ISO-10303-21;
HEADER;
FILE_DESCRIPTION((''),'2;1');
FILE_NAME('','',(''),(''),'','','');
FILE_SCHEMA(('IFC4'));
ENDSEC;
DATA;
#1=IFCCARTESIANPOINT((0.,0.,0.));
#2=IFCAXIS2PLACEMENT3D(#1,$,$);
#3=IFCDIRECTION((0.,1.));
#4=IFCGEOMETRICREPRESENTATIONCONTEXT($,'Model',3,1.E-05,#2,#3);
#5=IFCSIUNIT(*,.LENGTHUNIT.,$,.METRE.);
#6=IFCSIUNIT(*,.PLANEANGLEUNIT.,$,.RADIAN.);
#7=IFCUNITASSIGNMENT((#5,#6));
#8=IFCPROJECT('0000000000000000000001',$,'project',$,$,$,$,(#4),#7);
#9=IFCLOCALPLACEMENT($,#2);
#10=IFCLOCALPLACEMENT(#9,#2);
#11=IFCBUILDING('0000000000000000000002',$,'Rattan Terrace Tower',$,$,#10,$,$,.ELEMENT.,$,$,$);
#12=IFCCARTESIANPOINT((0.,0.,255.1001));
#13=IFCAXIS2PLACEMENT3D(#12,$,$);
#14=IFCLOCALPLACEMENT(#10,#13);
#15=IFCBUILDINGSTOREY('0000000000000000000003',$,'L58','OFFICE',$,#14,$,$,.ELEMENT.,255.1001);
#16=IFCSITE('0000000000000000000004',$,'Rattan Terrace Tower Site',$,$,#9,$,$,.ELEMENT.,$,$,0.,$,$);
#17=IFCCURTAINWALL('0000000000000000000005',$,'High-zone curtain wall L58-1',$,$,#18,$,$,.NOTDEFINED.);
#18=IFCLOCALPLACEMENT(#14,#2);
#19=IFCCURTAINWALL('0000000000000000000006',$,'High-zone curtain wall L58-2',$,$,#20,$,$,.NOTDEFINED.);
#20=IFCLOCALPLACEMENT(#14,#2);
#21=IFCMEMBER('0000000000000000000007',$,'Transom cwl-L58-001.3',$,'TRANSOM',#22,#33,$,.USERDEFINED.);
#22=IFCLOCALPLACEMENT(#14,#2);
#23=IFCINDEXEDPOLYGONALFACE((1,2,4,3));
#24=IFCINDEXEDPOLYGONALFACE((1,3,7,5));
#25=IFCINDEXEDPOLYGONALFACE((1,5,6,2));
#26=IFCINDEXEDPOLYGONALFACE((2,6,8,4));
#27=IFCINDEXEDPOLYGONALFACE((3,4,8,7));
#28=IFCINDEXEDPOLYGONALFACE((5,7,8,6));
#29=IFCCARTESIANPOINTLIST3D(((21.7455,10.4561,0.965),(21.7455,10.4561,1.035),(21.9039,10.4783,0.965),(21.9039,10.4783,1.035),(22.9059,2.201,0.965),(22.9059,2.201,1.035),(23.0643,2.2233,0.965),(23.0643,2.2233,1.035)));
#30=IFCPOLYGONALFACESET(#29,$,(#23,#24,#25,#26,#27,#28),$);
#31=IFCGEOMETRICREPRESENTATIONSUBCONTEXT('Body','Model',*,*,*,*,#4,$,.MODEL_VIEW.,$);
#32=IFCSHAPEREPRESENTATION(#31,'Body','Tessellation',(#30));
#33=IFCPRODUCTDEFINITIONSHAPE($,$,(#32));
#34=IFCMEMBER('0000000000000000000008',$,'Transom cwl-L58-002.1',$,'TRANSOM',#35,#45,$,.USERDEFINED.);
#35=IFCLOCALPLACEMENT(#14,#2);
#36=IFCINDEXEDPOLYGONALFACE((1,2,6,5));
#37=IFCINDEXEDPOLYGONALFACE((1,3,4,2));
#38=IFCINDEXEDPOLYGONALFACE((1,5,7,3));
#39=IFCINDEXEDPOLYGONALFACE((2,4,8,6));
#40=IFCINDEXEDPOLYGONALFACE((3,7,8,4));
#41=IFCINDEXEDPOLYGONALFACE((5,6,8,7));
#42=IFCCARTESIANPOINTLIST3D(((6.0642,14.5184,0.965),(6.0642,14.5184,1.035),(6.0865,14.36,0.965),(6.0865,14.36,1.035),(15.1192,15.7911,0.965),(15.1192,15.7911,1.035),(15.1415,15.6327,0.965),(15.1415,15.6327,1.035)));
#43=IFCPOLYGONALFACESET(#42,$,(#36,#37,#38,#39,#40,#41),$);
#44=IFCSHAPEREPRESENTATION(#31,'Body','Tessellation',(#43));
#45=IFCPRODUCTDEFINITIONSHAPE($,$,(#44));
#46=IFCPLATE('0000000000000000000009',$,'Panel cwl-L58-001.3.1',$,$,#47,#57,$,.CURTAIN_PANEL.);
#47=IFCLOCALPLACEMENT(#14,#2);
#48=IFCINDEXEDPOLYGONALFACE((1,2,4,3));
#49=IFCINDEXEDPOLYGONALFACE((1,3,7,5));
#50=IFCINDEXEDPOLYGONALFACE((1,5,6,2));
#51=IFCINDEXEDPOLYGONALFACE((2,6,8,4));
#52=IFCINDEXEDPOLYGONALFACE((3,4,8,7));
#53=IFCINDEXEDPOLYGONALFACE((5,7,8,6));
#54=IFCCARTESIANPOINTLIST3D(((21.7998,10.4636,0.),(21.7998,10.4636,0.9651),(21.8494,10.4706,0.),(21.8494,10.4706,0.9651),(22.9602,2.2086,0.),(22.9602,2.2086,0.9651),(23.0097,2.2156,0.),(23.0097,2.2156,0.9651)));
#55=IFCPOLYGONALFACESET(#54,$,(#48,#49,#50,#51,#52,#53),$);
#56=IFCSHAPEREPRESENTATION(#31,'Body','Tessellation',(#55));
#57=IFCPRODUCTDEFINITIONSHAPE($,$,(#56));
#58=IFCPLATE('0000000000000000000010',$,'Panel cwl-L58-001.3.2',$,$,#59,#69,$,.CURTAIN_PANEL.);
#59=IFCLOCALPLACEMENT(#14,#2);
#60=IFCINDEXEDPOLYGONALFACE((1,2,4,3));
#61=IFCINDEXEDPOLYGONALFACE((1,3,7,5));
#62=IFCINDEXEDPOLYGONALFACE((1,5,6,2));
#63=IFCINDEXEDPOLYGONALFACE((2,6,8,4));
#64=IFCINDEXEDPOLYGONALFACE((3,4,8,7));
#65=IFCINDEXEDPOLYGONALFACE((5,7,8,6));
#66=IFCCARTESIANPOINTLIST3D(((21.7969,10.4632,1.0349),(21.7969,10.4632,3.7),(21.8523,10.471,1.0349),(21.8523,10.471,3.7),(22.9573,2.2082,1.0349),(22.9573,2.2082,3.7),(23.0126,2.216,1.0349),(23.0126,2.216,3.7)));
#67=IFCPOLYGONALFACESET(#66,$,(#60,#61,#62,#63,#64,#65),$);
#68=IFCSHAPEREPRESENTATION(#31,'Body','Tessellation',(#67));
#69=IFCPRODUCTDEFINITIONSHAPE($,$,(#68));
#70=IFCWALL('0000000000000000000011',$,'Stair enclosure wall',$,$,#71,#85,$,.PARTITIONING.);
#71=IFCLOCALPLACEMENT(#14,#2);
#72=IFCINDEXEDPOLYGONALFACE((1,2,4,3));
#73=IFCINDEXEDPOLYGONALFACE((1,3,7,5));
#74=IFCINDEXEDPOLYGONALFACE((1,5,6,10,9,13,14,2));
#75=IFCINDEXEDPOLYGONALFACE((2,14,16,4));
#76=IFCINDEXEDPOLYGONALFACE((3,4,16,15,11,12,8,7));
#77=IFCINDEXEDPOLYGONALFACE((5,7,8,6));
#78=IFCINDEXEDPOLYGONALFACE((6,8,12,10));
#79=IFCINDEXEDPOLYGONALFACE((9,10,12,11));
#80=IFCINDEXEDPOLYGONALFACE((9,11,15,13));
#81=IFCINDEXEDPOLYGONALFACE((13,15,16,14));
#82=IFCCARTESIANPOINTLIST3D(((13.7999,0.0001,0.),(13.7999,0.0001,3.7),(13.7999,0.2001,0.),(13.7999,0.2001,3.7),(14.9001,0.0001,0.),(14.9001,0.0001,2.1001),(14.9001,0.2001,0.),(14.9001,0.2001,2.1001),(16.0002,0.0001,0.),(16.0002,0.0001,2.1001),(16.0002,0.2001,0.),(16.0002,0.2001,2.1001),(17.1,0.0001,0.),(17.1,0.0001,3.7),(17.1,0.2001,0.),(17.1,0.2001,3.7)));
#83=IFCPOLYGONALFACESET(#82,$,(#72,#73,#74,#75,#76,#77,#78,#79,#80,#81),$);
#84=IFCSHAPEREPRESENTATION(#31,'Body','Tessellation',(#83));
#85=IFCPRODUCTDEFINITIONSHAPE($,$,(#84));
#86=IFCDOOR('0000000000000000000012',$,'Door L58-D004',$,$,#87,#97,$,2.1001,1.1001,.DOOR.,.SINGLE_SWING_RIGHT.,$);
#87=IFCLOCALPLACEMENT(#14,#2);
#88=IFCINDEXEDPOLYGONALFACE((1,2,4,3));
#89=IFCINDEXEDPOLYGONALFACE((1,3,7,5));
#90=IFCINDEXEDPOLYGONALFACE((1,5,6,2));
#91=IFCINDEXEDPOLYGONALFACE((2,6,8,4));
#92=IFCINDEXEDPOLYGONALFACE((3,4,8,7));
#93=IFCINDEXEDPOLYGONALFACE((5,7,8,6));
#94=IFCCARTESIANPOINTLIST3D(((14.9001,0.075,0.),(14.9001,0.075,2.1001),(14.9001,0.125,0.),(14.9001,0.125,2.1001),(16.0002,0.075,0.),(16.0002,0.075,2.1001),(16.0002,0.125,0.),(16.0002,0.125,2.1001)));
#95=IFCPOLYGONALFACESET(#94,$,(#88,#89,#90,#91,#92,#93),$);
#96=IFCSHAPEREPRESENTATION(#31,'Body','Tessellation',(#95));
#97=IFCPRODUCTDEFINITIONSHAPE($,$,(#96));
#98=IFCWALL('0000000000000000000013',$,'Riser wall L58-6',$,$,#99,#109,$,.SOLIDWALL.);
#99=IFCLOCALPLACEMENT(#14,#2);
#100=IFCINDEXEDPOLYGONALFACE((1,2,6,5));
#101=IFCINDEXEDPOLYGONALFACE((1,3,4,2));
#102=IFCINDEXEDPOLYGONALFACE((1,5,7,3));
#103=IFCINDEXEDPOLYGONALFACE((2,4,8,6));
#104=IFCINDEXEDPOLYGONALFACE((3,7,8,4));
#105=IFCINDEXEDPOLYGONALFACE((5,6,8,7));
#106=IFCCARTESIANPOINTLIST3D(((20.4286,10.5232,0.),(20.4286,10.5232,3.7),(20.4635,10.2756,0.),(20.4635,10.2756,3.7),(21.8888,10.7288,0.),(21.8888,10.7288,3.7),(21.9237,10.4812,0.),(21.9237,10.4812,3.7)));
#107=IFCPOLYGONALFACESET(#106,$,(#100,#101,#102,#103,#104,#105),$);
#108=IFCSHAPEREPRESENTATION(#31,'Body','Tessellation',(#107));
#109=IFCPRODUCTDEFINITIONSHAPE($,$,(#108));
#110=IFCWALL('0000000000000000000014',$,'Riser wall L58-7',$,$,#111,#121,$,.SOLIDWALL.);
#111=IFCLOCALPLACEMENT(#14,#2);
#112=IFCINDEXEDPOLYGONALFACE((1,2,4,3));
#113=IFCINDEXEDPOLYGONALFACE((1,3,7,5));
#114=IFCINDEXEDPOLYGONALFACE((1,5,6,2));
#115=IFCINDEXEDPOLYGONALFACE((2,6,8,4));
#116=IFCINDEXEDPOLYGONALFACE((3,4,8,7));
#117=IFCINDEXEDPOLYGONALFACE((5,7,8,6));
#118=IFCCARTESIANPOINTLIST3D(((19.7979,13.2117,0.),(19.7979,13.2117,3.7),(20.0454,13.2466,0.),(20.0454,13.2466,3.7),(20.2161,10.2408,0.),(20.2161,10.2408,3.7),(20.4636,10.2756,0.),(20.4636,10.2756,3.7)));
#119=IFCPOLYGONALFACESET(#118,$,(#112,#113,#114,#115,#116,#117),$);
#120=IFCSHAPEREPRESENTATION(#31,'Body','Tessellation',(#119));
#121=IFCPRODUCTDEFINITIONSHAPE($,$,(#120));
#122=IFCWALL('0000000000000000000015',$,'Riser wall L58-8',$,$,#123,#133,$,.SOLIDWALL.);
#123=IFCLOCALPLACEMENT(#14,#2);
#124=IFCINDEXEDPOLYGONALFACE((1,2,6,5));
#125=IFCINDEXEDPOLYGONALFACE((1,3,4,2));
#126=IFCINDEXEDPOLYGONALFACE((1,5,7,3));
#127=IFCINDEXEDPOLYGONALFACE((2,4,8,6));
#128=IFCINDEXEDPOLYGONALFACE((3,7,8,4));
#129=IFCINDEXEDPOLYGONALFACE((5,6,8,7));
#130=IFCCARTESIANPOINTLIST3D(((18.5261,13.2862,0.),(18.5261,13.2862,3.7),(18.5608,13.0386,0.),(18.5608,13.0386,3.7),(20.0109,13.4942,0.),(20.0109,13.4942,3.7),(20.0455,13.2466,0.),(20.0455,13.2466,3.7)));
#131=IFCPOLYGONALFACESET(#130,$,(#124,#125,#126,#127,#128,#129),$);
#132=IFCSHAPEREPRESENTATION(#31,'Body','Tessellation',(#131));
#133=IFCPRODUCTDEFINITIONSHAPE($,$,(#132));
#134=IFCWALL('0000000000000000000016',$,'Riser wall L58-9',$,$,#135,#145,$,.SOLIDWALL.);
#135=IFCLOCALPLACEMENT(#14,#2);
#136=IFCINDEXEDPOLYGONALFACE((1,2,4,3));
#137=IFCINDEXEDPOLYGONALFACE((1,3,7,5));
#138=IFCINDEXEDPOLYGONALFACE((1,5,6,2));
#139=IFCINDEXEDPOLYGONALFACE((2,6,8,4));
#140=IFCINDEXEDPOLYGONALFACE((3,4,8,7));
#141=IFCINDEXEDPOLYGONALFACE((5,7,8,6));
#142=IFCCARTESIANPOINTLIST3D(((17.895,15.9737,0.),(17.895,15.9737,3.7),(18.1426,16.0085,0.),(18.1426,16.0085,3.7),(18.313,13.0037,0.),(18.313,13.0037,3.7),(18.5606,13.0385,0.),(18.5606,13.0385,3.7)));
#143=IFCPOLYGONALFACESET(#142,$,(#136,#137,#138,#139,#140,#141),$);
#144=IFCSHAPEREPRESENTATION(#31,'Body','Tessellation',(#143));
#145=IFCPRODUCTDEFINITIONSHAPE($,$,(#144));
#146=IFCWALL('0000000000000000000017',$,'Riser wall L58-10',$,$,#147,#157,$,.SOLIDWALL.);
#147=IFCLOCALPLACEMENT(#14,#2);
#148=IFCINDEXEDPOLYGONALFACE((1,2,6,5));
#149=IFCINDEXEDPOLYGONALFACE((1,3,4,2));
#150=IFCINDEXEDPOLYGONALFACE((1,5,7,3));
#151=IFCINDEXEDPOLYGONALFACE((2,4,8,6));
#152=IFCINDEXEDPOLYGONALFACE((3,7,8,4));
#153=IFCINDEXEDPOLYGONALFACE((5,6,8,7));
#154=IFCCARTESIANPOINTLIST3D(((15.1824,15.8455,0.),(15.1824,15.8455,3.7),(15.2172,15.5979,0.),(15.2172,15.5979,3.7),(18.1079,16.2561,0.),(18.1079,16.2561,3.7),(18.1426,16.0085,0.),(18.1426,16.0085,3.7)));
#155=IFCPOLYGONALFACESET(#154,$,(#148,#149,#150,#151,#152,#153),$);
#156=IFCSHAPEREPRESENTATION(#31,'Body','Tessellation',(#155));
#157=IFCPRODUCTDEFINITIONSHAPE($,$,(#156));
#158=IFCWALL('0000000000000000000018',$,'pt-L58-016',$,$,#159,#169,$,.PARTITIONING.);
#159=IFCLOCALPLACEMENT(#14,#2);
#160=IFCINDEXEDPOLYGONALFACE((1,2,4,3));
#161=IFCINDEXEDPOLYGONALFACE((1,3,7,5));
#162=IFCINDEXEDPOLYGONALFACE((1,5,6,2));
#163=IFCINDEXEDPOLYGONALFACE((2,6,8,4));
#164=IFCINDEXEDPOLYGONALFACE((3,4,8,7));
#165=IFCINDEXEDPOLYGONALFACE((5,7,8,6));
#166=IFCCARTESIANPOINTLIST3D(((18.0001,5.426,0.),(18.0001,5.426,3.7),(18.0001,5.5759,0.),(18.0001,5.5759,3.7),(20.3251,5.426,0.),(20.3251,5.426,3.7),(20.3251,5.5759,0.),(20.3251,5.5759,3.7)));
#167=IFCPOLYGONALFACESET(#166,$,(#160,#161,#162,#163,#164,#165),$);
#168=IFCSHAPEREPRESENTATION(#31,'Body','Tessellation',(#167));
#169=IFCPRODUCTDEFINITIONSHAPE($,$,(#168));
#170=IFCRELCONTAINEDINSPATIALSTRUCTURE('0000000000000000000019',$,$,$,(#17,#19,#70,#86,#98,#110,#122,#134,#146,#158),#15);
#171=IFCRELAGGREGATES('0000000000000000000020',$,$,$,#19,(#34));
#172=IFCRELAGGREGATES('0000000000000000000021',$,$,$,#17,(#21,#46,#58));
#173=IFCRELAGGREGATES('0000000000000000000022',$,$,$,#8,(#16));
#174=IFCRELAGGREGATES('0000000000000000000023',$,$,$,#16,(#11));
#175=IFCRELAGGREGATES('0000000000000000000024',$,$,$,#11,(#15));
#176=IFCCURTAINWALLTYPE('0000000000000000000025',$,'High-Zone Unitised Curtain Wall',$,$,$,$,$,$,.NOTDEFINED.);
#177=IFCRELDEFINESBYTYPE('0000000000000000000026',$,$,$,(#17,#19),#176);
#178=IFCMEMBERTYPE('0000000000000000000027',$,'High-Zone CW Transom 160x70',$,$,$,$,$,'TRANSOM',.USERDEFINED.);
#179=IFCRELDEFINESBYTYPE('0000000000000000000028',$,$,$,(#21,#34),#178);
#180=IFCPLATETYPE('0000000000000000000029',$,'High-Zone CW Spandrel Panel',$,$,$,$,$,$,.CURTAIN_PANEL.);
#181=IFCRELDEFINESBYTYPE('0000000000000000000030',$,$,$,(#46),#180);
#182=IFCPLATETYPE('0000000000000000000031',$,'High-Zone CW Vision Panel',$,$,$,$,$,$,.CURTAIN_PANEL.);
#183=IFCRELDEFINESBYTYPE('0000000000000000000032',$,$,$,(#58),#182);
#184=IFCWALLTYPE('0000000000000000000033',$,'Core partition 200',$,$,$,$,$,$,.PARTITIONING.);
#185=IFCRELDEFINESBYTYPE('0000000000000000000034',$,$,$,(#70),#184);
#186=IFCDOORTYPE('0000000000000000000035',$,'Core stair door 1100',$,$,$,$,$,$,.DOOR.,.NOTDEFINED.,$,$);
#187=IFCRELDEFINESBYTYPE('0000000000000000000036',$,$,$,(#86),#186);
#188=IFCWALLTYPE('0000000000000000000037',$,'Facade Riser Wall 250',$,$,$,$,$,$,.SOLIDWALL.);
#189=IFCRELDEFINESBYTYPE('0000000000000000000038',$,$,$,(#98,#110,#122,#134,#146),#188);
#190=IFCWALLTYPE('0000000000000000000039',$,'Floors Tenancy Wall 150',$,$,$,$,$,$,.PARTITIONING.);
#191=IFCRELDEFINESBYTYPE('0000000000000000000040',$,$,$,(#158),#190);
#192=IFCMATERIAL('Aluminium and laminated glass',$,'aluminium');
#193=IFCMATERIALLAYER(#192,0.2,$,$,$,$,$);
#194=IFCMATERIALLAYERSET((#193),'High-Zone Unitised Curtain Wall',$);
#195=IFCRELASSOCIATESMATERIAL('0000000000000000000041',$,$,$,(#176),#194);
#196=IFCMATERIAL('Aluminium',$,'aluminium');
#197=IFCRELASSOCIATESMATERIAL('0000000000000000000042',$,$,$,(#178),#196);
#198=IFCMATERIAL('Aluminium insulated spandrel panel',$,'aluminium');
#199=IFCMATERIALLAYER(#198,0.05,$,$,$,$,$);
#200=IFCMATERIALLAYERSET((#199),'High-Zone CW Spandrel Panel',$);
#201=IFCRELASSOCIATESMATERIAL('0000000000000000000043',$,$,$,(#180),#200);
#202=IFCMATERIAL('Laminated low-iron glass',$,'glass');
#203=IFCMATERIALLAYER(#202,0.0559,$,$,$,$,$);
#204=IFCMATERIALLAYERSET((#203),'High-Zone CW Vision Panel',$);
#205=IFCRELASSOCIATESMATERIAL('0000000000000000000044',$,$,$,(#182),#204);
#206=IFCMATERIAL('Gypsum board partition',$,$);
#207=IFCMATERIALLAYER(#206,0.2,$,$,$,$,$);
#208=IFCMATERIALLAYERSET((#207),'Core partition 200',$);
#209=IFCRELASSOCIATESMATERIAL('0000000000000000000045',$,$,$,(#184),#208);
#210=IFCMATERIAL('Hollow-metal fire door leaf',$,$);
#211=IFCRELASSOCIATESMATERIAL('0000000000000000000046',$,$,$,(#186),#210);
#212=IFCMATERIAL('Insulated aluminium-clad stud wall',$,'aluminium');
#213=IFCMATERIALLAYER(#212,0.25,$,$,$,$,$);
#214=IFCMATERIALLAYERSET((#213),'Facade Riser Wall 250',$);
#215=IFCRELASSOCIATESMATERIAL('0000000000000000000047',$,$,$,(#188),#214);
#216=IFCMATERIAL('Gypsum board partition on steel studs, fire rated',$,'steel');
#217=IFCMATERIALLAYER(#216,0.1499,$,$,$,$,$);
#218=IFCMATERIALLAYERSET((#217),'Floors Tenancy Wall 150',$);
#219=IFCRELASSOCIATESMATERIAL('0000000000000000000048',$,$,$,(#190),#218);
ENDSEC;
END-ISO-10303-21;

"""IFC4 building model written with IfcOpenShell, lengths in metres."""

from ifc_helpers import new_model, si_unit, direction, frame, frame_2d, origin, origin_2d, place, context, subcontext, project, spatial, rectangle, extrude, material, layer, layer_set, material_profile, profile_set, type_object, element, fill, aggregate, save


model = new_model("IFC4")

# Units and contexts
model_context = context("Model", 3, precision=1e-05, world=origin(), true_north=direction((0.0, 1.0)))
body_context = subcontext(model_context, "Body", "Model", "MODEL_VIEW")
ifc_project = project(units=[si_unit("LENGTHUNIT", "METRE"), si_unit("PLANEANGLEUNIT", "RADIAN")], contexts=[model_context])

# Site, building, storey
site_placement = place(None, origin())
site = spatial("IfcSite", under=ifc_project, at=site_placement, Name="Rattan Terrace Tower Site", CompositionType="ELEMENT", RefElevation=0.0)
building_placement = place(site_placement, origin())
building = spatial("IfcBuilding", under=site, at=building_placement, Name="Rattan Terrace Tower", CompositionType="ELEMENT")
storey_placement = place(building_placement, frame((0.0, 0.0, 255.1001)))
storey = spatial("IfcBuildingStorey", under=building, at=storey_placement, Name="L58", Description="OFFICE", CompositionType="ELEMENT", Elevation=255.1001)

# Curtain walls
ifc_material_1 = material(Name="Aluminium and laminated glass", Category="aluminium")
ifc_layer_1 = layer(ifc_material_1, 0.2)
ifc_layer_set_1 = layer_set([ifc_layer_1], Name="High-Zone Unitised Curtain Wall")
curtain_wall_type = type_object("IfcCurtainWallType", Name="High-Zone Unitised Curtain Wall", PredefinedType="NOTDEFINED", material=ifc_layer_set_1)
curtain_wall_1_placement = place(storey_placement, origin())
curtain_wall_1 = element("IfcCurtainWall", 1, at=curtain_wall_1_placement, inside=storey, type_object=curtain_wall_type, Name="High-zone curtain wall L58-1", PredefinedType="NOTDEFINED")
curtain_wall_2_placement = place(storey_placement, origin())
curtain_wall_2 = element("IfcCurtainWall", 2, at=curtain_wall_2_placement, inside=storey, type_object=curtain_wall_type, Name="High-zone curtain wall L58-2", PredefinedType="NOTDEFINED")

# Members
ifc_material_2 = material(Name="Aluminium", Category="aluminium")
ifc_material_profile_1 = material_profile(ifc_material_2, rectangle(XDim=0.1599, YDim=0.0701, at=origin_2d()), Name="Aluminium 160x70")
ifc_profile_set_1 = profile_set([ifc_material_profile_1], Name="Aluminium")
member_type_1 = type_object("IfcMemberType", Name="High-Zone CW Transom 160x70", ElementType="TRANSOM", PredefinedType="USERDEFINED", material=ifc_profile_set_1)
member_1_placement = place(storey_placement, frame((22.9851, 2.2122, 1.0), z_axis=(-0.139199, 0.990264, 0.0), x_axis=(-0.990264, -0.139199, 0.0)))
member_1 = element("IfcMember", 3, at=member_1_placement, type_object=member_type_1, Name="Transom cwl-L58-001.3", ObjectType="TRANSOM", PredefinedType="USERDEFINED", context=body_context, shape_type="SweptSolid", body=[
    extrude(rectangle(XDim=0.1599, YDim=0.0701, at=origin_2d()), origin(), (0.0, 0.0, 1.0), 8.3362),
])
member_2_placement = place(storey_placement, frame((15.1304, 15.7119, 1.0), z_axis=(-0.990266, -0.139186, 0.0), x_axis=(0.139186, -0.990266, 0.0)))
member_2 = element("IfcMember", 4, at=member_2_placement, type_object=member_type_1, Name="Transom cwl-L58-002.1", ObjectType="TRANSOM", PredefinedType="USERDEFINED", context=body_context, shape_type="SweptSolid", body=[
    extrude(rectangle(XDim=0.1599, YDim=0.0701, at=origin_2d()), origin(), (0.0, 0.0, 1.0), 9.144),
])
aggregate(curtain_wall_2, [member_2])

# Plates
ifc_material_3 = material(Name="Aluminium insulated spandrel panel", Category="aluminium")
ifc_layer_2 = layer(ifc_material_3, 0.05)
ifc_layer_set_2 = layer_set([ifc_layer_2], Name="High-Zone CW Spandrel Panel")
plate_type_1 = type_object("IfcPlateType", Name="High-Zone CW Spandrel Panel", PredefinedType="CURTAIN_PANEL", material=ifc_layer_set_2)
plate_1_placement = place(storey_placement, frame((22.4048, 6.3396, 0.0), z_axis=(0.0, 0.0, 1.0), x_axis=(-0.139192, 0.990265, 0.0)))
plate_1 = element("IfcPlate", 5, at=plate_1_placement, type_object=plate_type_1, Name="Panel cwl-L58-001.3.1", PredefinedType="CURTAIN_PANEL", context=body_context, shape_type="SweptSolid", body=[
    extrude(rectangle(XDim=8.3362, YDim=0.05, at=origin_2d()), origin(), (0.0, 0.0, 1.0), 0.9651),
])
ifc_material_4 = material(Name="Laminated low-iron glass", Category="glass")
ifc_layer_3 = layer(ifc_material_4, 0.0559)
ifc_layer_set_3 = layer_set([ifc_layer_3], Name="High-Zone CW Vision Panel")
plate_type_2 = type_object("IfcPlateType", Name="High-Zone CW Vision Panel", PredefinedType="CURTAIN_PANEL", material=ifc_layer_set_3)
plate_2_placement = place(storey_placement, frame((22.4048, 6.3396, 1.0349), z_axis=(0.0, 0.0, 1.0), x_axis=(-0.139192, 0.990265, 0.0)))
plate_2 = element("IfcPlate", 6, at=plate_2_placement, type_object=plate_type_2, Name="Panel cwl-L58-001.3.2", PredefinedType="CURTAIN_PANEL", context=body_context, shape_type="SweptSolid", body=[
    extrude(rectangle(XDim=8.3362, YDim=0.0559, at=origin_2d()), origin(), (0.0, 0.0, 1.0), 2.665),
])
aggregate(curtain_wall_1, [member_1, plate_1, plate_2])

# Wall, opening, door
ifc_material_5 = material(Name="Gypsum board partition")
ifc_layer_4 = layer(ifc_material_5, 0.2)
ifc_layer_set_4 = layer_set([ifc_layer_4], Name="Core partition 200")
wall_type_1 = type_object("IfcWallType", Name="Core partition 200", PredefinedType="PARTITIONING", material=ifc_layer_set_4)
wall_1_placement = place(storey_placement, frame((13.8, 0.1001, 0.0), z_axis=(0.0, 0.0, 1.0), x_axis=(1.0, 0.0, 0.0)))
wall_1 = element("IfcWall", 7, at=wall_1_placement, inside=storey, type_object=wall_type_1, Name="Stair enclosure wall", PredefinedType="PARTITIONING", context=body_context, shape_type="SweptSolid", body=[
    extrude(rectangle(XDim=3.3, YDim=0.2, at=frame_2d((1.6499, 0.0))), origin(), (0.0, 0.0, 1.0), 3.7),
])
opening_1_placement = place(wall_1_placement, frame((1.1001, 0.0, 0.0)))
opening_1 = element("IfcOpeningElement", 8, at=opening_1_placement, cuts=wall_1, PredefinedType="OPENING", context=body_context, shape_type="SweptSolid", body=[
    extrude(rectangle(XDim=1.1001, YDim=2.1001, at=frame_2d((0.55, 1.05))), frame((0.0, 0.1106, 0.0), z_axis=(0.0, -1.0, 0.0), x_axis=(1.0, 0.0, 0.0)), (0.0, 0.0, 1.0), 0.2209),
])
ifc_material_6 = material(Name="Hollow-metal fire door leaf")
door_type_1 = type_object("IfcDoorType", Name="Core stair door 1100", OperationType="NOTDEFINED", PredefinedType="DOOR", material=ifc_material_6)
door_1_placement = place(opening_1_placement, origin())
door_1 = element("IfcDoor", 9, at=door_1_placement, inside=storey, type_object=door_type_1, Name="Door L58-D004", OperationType="SINGLE_SWING_RIGHT", OverallHeight=2.1001, OverallWidth=1.1001, PredefinedType="DOOR", context=body_context, shape_type="SweptSolid", body=[
    extrude(rectangle(XDim=1.1001, YDim=2.1001, at=frame_2d((0.55, 1.05))), frame((0.0, 0.0249, 0.0), z_axis=(0.0, -1.0, 0.0), x_axis=(1.0, 0.0, 0.0)), (0.0, 0.0, 1.0), 0.05),
])
fill(opening_1, door_1)

# Walls
ifc_material_7 = material(Name="Insulated aluminium-clad stud wall", Category="aluminium")
ifc_layer_5 = layer(ifc_material_7, 0.25)
ifc_layer_set_5 = layer_set([ifc_layer_5], Name="Facade Riser Wall 250")
wall_type_2 = type_object("IfcWallType", Name="Facade Riser Wall 250", PredefinedType="SOLIDWALL", material=ifc_layer_set_5)
wall_2_placement = place(storey_placement, frame((21.9062, 10.605, 0.0), z_axis=(0.0, 0.0, 1.0), x_axis=(-0.990236, -0.139404, 0.0)))
element("IfcWall", 10, at=wall_2_placement, inside=storey, type_object=wall_type_2, Name="Riser wall L58-6", PredefinedType="SOLIDWALL", context=body_context, shape_type="SweptSolid", body=[
    extrude(rectangle(XDim=1.4746, YDim=0.25, at=frame_2d((0.7373, 0.0))), origin(), (0.0, 0.0, 1.0), 3.7),
])
wall_3_placement = place(storey_placement, frame((20.3398, 10.2583, 0.0), z_axis=(0.0, 0.0, 1.0), x_axis=(-0.139393, 0.990237, 0.0)))
element("IfcWall", 11, at=wall_3_placement, inside=storey, type_object=wall_type_2, Name="Riser wall L58-7", PredefinedType="SOLIDWALL", context=body_context, shape_type="SweptSolid", body=[
    extrude(rectangle(XDim=3.0002, YDim=0.25, at=frame_2d((1.5, 0.0))), origin(), (0.0, 0.0, 1.0), 3.7),
])
wall_4_placement = place(storey_placement, frame((20.0281, 13.3704, 0.0), z_axis=(0.0, 0.0, 1.0), x_axis=(-0.99033, -0.138731, 0.0)))
element("IfcWall", 12, at=wall_4_placement, inside=storey, type_object=wall_type_2, Name="Riser wall L58-8", PredefinedType="SOLIDWALL", context=body_context, shape_type="SweptSolid", body=[
    extrude(rectangle(XDim=1.4993, YDim=0.25, at=frame_2d((0.7495, 0.0))), origin(), (0.0, 0.0, 1.0), 3.7),
])
wall_5_placement = place(storey_placement, frame((18.4368, 13.0212, 0.0), z_axis=(0.0, 0.0, 1.0), x_axis=(-0.139358, 0.990242, 0.0)))
element("IfcWall", 13, at=wall_5_placement, inside=storey, type_object=wall_type_2, Name="Riser wall L58-9", PredefinedType="SOLIDWALL", context=body_context, shape_type="SweptSolid", body=[
    extrude(rectangle(XDim=2.9993, YDim=0.25, at=frame_2d((1.4995, 0.0))), origin(), (0.0, 0.0, 1.0), 3.7),
])
wall_6_placement = place(storey_placement, frame((18.1252, 16.1323, 0.0), z_axis=(0.0, 0.0, 1.0), x_axis=(-0.990292, -0.139003, 0.0)))
element("IfcWall", 14, at=wall_6_placement, inside=storey, type_object=wall_type_2, Name="Riser wall L58-10", PredefinedType="SOLIDWALL", context=body_context, shape_type="SweptSolid", body=[
    extrude(rectangle(XDim=2.9541, YDim=0.25, at=frame_2d((1.4771, 0.0))), origin(), (0.0, 0.0, 1.0), 3.7),
])
ifc_material_8 = material(Name="Gypsum board partition on steel studs, fire rated", Category="steel")
ifc_layer_6 = layer(ifc_material_8, 0.1499)
ifc_layer_set_6 = layer_set([ifc_layer_6], Name="Floors Tenancy Wall 150")
wall_type_3 = type_object("IfcWallType", Name="Floors Tenancy Wall 150", PredefinedType="PARTITIONING", material=ifc_layer_set_6)
wall_7_placement = place(storey_placement, frame((18.0, 5.501, 0.0), z_axis=(0.0, 0.0, 1.0), x_axis=(1.0, 0.0, 0.0)))
element("IfcWall", 15, at=wall_7_placement, inside=storey, type_object=wall_type_3, Name="pt-L58-016", PredefinedType="PARTITIONING", context=body_context, shape_type="SweptSolid", body=[
    extrude(rectangle(XDim=2.325, YDim=0.1499, at=frame_2d((1.1626, 0.0))), origin(), (0.0, 0.0, 1.0), 3.7),
])

save(model, "model.ifc")
